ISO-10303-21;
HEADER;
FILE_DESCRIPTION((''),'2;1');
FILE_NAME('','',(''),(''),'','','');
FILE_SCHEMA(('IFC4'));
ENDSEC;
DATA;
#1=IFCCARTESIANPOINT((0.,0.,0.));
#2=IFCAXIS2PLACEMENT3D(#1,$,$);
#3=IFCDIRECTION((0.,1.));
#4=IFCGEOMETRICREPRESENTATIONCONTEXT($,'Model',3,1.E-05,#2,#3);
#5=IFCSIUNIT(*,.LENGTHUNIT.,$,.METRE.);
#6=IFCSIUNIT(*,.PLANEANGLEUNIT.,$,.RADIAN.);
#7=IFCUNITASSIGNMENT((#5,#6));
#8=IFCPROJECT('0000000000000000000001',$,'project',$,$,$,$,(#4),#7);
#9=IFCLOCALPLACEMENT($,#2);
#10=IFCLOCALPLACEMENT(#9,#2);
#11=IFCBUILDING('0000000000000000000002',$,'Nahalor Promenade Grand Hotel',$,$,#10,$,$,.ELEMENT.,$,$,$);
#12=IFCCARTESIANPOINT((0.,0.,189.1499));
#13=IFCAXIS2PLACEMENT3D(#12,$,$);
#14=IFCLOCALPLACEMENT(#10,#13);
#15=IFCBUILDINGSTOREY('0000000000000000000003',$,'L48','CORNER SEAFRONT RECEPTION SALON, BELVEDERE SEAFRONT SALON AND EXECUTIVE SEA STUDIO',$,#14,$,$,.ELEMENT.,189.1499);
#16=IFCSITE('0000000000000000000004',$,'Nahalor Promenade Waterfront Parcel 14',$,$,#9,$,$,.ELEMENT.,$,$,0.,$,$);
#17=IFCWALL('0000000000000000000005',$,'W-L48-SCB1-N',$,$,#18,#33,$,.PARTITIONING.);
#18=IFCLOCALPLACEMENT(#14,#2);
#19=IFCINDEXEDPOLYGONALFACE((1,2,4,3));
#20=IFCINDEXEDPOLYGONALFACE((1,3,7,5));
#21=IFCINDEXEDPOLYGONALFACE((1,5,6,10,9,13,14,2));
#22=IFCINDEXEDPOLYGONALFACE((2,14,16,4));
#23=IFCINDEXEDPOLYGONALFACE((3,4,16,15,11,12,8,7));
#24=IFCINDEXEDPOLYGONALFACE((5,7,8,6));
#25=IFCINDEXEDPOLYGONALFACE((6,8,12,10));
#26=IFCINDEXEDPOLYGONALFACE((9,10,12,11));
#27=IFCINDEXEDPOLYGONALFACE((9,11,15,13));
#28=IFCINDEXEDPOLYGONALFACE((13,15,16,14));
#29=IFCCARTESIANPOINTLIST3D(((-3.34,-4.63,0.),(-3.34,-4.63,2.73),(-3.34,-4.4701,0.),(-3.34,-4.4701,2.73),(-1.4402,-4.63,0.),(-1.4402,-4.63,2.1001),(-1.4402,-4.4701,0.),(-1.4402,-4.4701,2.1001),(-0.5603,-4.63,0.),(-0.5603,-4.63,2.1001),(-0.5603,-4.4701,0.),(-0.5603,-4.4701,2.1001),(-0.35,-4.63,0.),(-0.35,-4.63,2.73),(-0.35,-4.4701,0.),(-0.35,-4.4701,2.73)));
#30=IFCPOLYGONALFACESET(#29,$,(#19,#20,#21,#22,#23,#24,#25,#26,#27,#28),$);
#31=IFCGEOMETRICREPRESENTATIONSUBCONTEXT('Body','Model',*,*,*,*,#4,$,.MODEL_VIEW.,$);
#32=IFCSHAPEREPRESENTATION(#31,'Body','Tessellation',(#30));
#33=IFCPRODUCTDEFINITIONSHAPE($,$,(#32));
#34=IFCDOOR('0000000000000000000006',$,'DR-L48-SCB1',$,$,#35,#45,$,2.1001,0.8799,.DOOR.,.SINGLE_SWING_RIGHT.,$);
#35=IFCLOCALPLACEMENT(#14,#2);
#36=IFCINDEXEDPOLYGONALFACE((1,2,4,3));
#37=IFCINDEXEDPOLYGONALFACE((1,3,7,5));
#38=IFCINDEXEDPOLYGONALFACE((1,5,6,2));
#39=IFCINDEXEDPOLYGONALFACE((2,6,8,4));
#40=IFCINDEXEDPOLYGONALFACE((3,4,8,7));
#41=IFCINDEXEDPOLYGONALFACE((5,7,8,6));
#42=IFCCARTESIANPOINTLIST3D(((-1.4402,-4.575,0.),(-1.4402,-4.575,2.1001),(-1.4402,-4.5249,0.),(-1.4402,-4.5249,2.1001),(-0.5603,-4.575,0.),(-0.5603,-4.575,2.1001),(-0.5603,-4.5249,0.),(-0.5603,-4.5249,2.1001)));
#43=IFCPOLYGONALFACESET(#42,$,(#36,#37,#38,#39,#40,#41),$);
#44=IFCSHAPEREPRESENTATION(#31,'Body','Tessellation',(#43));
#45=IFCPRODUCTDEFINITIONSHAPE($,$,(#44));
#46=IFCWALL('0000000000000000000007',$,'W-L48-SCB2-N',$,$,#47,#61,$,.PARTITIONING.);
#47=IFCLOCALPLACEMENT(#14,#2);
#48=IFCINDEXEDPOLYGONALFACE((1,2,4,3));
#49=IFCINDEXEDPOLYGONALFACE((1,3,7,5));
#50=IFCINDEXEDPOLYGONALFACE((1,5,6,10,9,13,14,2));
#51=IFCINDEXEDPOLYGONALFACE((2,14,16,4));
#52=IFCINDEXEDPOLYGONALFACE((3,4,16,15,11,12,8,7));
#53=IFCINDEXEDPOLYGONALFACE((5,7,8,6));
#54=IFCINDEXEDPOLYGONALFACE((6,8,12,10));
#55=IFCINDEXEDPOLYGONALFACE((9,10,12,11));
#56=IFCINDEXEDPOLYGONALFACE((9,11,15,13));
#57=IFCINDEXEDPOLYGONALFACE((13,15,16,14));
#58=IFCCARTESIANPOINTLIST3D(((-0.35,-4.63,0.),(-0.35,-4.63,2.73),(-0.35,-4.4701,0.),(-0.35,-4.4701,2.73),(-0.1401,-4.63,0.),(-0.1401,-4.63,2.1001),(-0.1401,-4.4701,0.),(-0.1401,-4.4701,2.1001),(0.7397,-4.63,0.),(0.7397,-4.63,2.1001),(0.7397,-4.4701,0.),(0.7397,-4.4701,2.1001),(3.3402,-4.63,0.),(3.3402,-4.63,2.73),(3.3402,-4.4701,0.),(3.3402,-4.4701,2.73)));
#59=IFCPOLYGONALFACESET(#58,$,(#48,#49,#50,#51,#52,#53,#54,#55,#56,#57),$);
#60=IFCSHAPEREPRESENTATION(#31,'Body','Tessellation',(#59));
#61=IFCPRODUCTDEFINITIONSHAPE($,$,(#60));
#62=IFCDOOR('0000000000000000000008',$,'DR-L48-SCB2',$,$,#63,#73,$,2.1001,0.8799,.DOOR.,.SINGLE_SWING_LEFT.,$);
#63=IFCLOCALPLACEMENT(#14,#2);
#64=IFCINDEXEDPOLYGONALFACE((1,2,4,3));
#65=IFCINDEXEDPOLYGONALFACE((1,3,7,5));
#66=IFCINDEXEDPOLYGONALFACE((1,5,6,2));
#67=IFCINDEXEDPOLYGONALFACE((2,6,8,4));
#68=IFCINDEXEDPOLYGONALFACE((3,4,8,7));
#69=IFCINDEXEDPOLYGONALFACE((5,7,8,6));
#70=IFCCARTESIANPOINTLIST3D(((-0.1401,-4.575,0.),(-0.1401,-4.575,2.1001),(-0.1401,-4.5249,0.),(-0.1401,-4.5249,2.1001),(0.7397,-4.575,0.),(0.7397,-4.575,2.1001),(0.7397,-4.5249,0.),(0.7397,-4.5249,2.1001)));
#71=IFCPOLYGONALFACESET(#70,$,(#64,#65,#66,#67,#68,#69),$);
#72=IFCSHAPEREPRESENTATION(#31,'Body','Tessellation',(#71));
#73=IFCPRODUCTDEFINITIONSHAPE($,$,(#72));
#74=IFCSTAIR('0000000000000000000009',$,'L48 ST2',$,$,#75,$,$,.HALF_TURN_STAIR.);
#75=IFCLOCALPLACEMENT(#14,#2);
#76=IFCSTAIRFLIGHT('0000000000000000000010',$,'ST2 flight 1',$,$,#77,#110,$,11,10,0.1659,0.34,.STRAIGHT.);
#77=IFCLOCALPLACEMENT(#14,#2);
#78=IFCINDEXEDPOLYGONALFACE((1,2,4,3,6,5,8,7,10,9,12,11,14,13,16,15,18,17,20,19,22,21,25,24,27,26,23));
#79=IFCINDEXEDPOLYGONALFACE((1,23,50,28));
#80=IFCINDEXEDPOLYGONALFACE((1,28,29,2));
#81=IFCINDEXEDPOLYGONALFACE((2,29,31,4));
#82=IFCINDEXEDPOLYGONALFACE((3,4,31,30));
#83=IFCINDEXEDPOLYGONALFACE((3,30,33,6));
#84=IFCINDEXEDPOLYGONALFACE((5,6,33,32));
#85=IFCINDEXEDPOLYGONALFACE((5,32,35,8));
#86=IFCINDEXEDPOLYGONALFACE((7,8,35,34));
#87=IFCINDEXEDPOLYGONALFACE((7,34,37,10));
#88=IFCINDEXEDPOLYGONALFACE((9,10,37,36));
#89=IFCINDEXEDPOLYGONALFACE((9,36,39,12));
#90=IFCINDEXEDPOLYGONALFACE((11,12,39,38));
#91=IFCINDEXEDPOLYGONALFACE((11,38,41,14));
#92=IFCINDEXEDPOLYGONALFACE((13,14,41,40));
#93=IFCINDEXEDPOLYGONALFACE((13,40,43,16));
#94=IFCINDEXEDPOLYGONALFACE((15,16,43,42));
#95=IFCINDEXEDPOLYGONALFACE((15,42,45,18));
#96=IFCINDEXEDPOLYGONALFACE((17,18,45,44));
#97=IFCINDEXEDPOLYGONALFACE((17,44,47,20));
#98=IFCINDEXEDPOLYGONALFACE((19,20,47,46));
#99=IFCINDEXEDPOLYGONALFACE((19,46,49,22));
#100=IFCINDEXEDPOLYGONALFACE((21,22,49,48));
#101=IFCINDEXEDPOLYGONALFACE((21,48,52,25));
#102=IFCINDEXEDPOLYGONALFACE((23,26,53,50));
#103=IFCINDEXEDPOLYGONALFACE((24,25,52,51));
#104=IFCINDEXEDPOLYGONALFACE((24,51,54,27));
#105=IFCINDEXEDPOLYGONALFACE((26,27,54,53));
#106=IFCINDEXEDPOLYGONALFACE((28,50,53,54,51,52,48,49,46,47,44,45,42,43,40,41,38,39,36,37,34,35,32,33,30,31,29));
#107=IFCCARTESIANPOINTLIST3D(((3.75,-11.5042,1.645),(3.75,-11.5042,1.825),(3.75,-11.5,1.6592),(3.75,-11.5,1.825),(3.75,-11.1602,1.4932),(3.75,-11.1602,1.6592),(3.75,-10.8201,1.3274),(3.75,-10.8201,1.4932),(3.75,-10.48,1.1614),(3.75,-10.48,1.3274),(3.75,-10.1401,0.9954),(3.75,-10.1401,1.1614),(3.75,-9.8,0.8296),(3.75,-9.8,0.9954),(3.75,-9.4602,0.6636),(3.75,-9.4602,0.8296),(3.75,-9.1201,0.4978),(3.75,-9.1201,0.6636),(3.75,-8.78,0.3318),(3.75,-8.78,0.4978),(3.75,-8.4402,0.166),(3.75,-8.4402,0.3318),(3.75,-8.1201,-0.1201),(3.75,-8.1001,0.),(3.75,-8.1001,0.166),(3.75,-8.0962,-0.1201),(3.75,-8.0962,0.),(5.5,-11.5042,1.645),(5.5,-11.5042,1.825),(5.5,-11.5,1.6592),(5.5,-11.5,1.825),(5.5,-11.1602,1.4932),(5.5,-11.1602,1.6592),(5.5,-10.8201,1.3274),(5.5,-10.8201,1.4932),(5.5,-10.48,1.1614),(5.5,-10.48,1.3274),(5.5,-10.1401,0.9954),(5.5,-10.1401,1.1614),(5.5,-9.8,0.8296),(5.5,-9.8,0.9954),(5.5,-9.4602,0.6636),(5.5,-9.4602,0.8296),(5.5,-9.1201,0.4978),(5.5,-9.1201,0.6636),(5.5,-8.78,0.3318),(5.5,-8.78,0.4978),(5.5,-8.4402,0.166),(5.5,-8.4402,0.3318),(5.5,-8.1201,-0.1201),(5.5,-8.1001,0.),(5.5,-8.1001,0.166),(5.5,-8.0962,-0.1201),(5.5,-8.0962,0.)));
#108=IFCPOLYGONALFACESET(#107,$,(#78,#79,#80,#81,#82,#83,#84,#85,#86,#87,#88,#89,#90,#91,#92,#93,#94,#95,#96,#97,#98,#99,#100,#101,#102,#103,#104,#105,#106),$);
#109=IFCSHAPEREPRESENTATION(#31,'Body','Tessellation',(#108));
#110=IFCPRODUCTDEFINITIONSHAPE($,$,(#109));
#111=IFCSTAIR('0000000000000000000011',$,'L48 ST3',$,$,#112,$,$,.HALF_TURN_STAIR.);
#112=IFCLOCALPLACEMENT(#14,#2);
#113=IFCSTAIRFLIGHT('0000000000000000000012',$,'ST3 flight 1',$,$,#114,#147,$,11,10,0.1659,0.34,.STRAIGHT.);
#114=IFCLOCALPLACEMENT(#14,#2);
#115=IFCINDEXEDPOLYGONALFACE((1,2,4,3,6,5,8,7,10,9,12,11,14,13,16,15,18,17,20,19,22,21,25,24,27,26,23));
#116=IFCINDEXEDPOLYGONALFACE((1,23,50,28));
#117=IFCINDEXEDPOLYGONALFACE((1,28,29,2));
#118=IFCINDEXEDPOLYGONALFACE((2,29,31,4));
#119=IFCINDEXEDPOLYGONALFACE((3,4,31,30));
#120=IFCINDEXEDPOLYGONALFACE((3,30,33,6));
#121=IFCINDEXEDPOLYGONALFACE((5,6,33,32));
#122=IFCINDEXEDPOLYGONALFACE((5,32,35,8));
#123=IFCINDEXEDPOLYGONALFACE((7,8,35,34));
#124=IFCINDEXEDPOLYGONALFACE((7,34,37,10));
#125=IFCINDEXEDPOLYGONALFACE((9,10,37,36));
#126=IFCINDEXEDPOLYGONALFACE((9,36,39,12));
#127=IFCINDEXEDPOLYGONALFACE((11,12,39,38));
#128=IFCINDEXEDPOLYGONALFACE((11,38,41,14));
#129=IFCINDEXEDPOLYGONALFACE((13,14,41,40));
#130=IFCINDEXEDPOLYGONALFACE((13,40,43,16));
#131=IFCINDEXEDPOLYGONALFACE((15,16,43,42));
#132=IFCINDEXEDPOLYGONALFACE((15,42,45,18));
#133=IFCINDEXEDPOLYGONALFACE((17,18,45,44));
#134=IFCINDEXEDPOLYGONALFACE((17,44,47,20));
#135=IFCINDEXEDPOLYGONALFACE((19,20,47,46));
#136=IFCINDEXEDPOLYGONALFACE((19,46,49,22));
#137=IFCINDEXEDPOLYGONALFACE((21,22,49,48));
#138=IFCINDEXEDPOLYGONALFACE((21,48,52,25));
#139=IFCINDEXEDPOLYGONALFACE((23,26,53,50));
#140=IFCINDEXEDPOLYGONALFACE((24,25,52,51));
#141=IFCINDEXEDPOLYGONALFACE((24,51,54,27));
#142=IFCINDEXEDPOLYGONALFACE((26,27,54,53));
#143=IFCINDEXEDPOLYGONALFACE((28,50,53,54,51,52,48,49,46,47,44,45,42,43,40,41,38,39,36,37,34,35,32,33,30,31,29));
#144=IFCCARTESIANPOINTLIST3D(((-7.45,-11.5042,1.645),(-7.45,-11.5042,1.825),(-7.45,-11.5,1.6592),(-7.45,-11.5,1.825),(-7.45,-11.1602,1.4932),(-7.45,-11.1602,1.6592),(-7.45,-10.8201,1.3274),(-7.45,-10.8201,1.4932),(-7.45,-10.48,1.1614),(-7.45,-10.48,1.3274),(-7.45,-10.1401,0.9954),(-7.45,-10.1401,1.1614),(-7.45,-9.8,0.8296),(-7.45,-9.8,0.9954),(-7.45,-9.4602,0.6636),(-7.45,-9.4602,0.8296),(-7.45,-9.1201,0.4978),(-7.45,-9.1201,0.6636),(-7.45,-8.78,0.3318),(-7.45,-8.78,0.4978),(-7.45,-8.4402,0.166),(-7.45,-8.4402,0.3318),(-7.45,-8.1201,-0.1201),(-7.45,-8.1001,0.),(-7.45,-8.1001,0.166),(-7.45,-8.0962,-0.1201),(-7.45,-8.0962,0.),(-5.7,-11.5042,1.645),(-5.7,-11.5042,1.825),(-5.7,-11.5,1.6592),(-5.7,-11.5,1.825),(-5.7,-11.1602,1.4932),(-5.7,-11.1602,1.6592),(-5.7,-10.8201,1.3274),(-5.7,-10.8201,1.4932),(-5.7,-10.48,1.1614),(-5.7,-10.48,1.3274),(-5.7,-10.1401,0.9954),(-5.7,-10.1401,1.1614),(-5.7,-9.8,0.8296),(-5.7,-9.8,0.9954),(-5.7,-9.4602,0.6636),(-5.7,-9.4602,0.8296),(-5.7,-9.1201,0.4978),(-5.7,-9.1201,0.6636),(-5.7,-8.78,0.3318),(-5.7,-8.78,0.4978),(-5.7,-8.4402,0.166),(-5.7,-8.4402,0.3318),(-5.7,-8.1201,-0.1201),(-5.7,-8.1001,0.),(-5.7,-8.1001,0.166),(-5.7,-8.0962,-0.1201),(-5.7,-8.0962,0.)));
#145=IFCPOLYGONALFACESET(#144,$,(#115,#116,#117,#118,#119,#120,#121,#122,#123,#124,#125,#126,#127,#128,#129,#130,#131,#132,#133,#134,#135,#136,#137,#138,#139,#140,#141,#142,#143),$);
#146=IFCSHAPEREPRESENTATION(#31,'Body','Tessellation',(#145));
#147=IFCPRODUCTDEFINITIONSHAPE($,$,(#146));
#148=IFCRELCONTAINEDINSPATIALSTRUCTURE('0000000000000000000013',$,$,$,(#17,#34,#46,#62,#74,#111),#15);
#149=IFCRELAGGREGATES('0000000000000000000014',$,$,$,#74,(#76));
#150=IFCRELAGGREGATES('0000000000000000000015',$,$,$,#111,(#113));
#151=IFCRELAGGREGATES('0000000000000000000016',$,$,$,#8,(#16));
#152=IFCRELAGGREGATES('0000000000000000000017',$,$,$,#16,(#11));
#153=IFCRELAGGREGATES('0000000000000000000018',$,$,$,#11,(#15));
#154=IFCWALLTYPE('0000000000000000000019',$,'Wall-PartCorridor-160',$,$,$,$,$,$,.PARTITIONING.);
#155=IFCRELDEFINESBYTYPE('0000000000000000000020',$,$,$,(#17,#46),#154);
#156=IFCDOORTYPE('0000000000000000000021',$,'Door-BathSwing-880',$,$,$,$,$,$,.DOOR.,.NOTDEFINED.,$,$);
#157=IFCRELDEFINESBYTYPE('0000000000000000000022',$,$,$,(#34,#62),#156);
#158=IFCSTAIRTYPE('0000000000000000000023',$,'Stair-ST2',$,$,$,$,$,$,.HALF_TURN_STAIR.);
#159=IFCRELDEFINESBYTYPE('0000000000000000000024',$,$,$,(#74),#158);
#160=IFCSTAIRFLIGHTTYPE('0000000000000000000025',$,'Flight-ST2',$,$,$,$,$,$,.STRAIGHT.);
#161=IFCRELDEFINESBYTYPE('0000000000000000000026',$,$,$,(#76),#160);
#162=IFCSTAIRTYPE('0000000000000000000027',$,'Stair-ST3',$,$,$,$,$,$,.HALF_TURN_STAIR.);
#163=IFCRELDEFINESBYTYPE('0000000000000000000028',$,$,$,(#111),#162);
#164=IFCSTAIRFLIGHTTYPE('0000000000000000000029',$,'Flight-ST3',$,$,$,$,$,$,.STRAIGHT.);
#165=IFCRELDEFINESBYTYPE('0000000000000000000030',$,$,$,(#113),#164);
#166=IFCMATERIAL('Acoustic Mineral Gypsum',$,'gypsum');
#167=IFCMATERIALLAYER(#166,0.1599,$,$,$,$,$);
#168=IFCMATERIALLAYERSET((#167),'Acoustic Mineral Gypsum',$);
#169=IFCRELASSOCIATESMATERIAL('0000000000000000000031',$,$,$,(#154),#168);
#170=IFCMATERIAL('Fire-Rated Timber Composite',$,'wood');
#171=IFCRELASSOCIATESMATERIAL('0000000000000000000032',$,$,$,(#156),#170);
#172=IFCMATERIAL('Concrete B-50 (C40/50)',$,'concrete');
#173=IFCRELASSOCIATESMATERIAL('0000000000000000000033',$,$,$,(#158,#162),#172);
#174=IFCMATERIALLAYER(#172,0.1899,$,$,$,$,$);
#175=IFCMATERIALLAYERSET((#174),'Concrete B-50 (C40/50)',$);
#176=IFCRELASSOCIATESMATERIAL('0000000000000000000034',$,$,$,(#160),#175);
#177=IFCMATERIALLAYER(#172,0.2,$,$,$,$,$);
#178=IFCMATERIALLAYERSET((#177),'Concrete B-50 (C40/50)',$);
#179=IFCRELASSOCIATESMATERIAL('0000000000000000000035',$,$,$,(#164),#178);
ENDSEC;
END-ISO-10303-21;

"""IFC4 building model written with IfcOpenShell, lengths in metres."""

from ifc_helpers import new_model, si_unit, direction, frame, frame_2d, origin, place, context, subcontext, project, spatial, polyline, rectangle, outline, extrude, source, transform, mapped, material, layer, layer_set, type_object, element, fill, aggregate, save


model = new_model("IFC4")

# Units and contexts
model_context = context("Model", 3, precision=1e-05, world=origin(), true_north=direction((0.0, 1.0)))
body_context = subcontext(model_context, "Body", "Model", "MODEL_VIEW")
ifc_project = project(units=[si_unit("LENGTHUNIT", "METRE"), si_unit("PLANEANGLEUNIT", "RADIAN")], contexts=[model_context])

# Site, building, storey
site_placement = place(None, origin())
site = spatial("IfcSite", under=ifc_project, at=site_placement, Name="Nahalor Promenade Waterfront Parcel 14", CompositionType="ELEMENT", RefElevation=0.0)
building_placement = place(site_placement, origin())
building = spatial("IfcBuilding", under=site, at=building_placement, Name="Nahalor Promenade Grand Hotel", CompositionType="ELEMENT")
storey_placement = place(building_placement, frame((0.0, 0.0, 189.1499)))
storey = spatial("IfcBuildingStorey", under=building, at=storey_placement, Name="L48", Description="CORNER SEAFRONT RECEPTION SALON, BELVEDERE SEAFRONT SALON AND EXECUTIVE SEA STUDIO", CompositionType="ELEMENT", Elevation=189.1499)

# Shared definitions
ifc_material_1 = material(Name="Concrete B-50 (C40/50)", Category="concrete")

# Walls, openings, doors
ifc_material_2 = material(Name="Acoustic Mineral Gypsum", Category="gypsum")
ifc_layer_1 = layer(ifc_material_2, 0.1599)
ifc_layer_set_1 = layer_set([ifc_layer_1], Name="Acoustic Mineral Gypsum")
wall_type_1 = type_object("IfcWallType", Name="Wall-PartCorridor-160", PredefinedType="PARTITIONING", material=ifc_layer_set_1)
shared_shape_1 = source(origin(), body_context, "Body", "SweptSolid", [
    extrude(rectangle(XDim=2.99, YDim=0.1599, at=frame_2d((1.4951, 0.0))), origin(), (0.0, 0.0, 1.0), 2.73),
])
wall_1_placement = place(storey_placement, frame((-3.3401, -4.55, 0.0), z_axis=(0.0, 0.0, 1.0), x_axis=(1.0, 0.0, 0.0)))
wall_1 = element("IfcWall", 1, at=wall_1_placement, inside=storey, type_object=wall_type_1, Name="W-L48-SCB1-N", PredefinedType="PARTITIONING", context=body_context, shape_type="MappedRepresentation", body=[
    mapped(shared_shape_1, transform((0.0, 0.0, 0.0), scale=1.0)),
])
opening_1_placement = place(wall_1_placement, frame((1.8999, 0.0, 0.0)))
opening_1 = element("IfcOpeningElement", 2, at=opening_1_placement, cuts=wall_1, PredefinedType="OPENING", context=body_context, shape_type="SweptSolid", body=[
    extrude(rectangle(XDim=0.8799, YDim=2.1001, at=frame_2d((0.4399, 1.05))), frame((0.0, 0.0898, 0.0), z_axis=(0.0, -1.0, 0.0), x_axis=(1.0, 0.0, 0.0)), (0.0, 0.0, 1.0), 0.1799),
])
ifc_material_3 = material(Name="Fire-Rated Timber Composite", Category="wood")
door_type_1 = type_object("IfcDoorType", Name="Door-BathSwing-880", OperationType="NOTDEFINED", PredefinedType="DOOR", material=ifc_material_3)
shared_shape_2 = source(origin(), body_context, "Body", "SweptSolid", [
    extrude(rectangle(XDim=0.8799, YDim=2.1001, at=frame_2d((0.4399, 1.05))), frame((0.0, 0.0249, 0.0), z_axis=(0.0, -1.0, 0.0), x_axis=(1.0, 0.0, 0.0)), (0.0, 0.0, 1.0), 0.05),
])
door_1_placement = place(opening_1_placement, frame((0.8799, 0.0, 0.0), z_axis=(0.0, 0.0, 1.0), x_axis=(-1.0, 0.0, 0.0)))
door_1 = element("IfcDoor", 3, at=door_1_placement, inside=storey, type_object=door_type_1, Name="DR-L48-SCB1", OperationType="SINGLE_SWING_RIGHT", OverallHeight=2.1001, OverallWidth=0.8799, PredefinedType="DOOR", context=body_context, shape_type="MappedRepresentation", body=[
    mapped(shared_shape_2, transform((0.0, 0.0, 0.0), scale=1.0)),
])
fill(opening_1, door_1)
shared_shape_3 = source(origin(), body_context, "Body", "SweptSolid", [
    extrude(rectangle(XDim=3.6902, YDim=0.1599, at=frame_2d((1.8452, 0.0))), origin(), (0.0, 0.0, 1.0), 2.73),
])
wall_2_placement = place(storey_placement, frame((-0.3501, -4.55, 0.0), z_axis=(0.0, 0.0, 1.0), x_axis=(1.0, 0.0, 0.0)))
wall_2 = element("IfcWall", 4, at=wall_2_placement, inside=storey, type_object=wall_type_1, Name="W-L48-SCB2-N", PredefinedType="PARTITIONING", context=body_context, shape_type="MappedRepresentation", body=[
    mapped(shared_shape_3, transform((0.0, 0.0, 0.0), scale=1.0)),
])
opening_2_placement = place(wall_2_placement, frame((0.21, 0.0, 0.0)))
opening_2 = element("IfcOpeningElement", 5, at=opening_2_placement, cuts=wall_2, PredefinedType="OPENING", context=body_context, shape_type="SweptSolid", body=[
    extrude(rectangle(XDim=0.8799, YDim=2.1001, at=frame_2d((0.4399, 1.05))), frame((0.0, 0.0898, 0.0), z_axis=(0.0, -1.0, 0.0), x_axis=(1.0, 0.0, 0.0)), (0.0, 0.0, 1.0), 0.1799),
])
door_2_placement = place(opening_2_placement, frame((0.8799, 0.0, 0.0), z_axis=(0.0, 0.0, 1.0), x_axis=(-1.0, 0.0, 0.0)))
door_2 = element("IfcDoor", 6, at=door_2_placement, inside=storey, type_object=door_type_1, Name="DR-L48-SCB2", OperationType="SINGLE_SWING_LEFT", OverallHeight=2.1001, OverallWidth=0.8799, PredefinedType="DOOR", context=body_context, shape_type="MappedRepresentation", body=[
    mapped(shared_shape_2, transform((0.0, 0.0, 0.0), scale=1.0)),
])
fill(opening_2, door_2)

# Stair, stair flight
stair_type_1 = type_object("IfcStairType", Name="Stair-ST2", PredefinedType="HALF_TURN_STAIR", material=ifc_material_1)
stair_1_placement = place(storey_placement, origin())
stair_1 = element("IfcStair", 7, at=stair_1_placement, inside=storey, type_object=stair_type_1, Name="L48 ST2", PredefinedType="HALF_TURN_STAIR")
ifc_layer_2 = layer(ifc_material_1, 0.1899)
ifc_layer_set_2 = layer_set([ifc_layer_2], Name="Concrete B-50 (C40/50)")
stair_flight_type_1 = type_object("IfcStairFlightType", Name="Flight-ST2", PredefinedType="STRAIGHT", material=ifc_layer_set_2)
shared_shape_4 = source(origin(), body_context, "Body", "SweptSolid", [
    extrude(outline(polyline([(-0.0039, -0.1201), (-0.0039, 0.0), (0.0, 0.0), (0.0, 0.166), (0.3401, 0.166), (0.3401, 0.3318), (0.6799, 0.3318), (0.6799, 0.4978), (1.02, 0.4978), (1.02, 0.6636), (1.3601, 0.6636), (1.3601, 0.8296), (1.7, 0.8296), (1.7, 0.9954), (2.04, 0.9954), (2.04, 1.1614), (2.3799, 1.1614), (2.3799, 1.3274), (2.72, 1.3274), (2.72, 1.4932), (3.0601, 1.4932), (3.0601, 1.6592), (3.3999, 1.6592), (3.3999, 1.825), (3.4041, 1.825), (3.4041, 1.645), (0.02, -0.1201), (-0.0039, -0.1201)])), frame((0.0, 0.875, 0.0), z_axis=(0.0, -1.0, 0.0), x_axis=(1.0, 0.0, 0.0)), (0.0, 0.0, 1.0), 1.75),
])
stair_flight_1_placement = place(storey_placement, frame((4.625, -8.1001, 0.0), z_axis=(0.0, 0.0, 1.0), x_axis=(0.0, -1.0, 0.0)))
stair_flight_1 = element("IfcStairFlight", 8, at=stair_flight_1_placement, type_object=stair_flight_type_1, Name="ST2 flight 1", NumberOfRisers=11, NumberOfTreads=10, PredefinedType="STRAIGHT", RiserHeight=0.1659, TreadLength=0.34, context=body_context, shape_type="MappedRepresentation", body=[
    mapped(shared_shape_4, transform((0.0, 0.0, 0.0), scale=1.0)),
])
aggregate(stair_1, [stair_flight_1])

# Stair, stair flight
stair_type_2 = type_object("IfcStairType", Name="Stair-ST3", PredefinedType="HALF_TURN_STAIR", material=ifc_material_1)
stair_2_placement = place(storey_placement, origin())
stair_2 = element("IfcStair", 9, at=stair_2_placement, inside=storey, type_object=stair_type_2, Name="L48 ST3", PredefinedType="HALF_TURN_STAIR")
ifc_layer_3 = layer(ifc_material_1, 0.2)
ifc_layer_set_3 = layer_set([ifc_layer_3], Name="Concrete B-50 (C40/50)")
stair_flight_type_2 = type_object("IfcStairFlightType", Name="Flight-ST3", PredefinedType="STRAIGHT", material=ifc_layer_set_3)
shared_shape_5 = source(origin(), body_context, "Body", "SweptSolid", [
    extrude(outline(polyline([(-0.0039, -0.1201), (-0.0039, 0.0), (0.0, 0.0), (0.0, 0.166), (0.3401, 0.166), (0.3401, 0.3318), (0.6799, 0.3318), (0.6799, 0.4978), (1.02, 0.4978), (1.02, 0.6636), (1.3601, 0.6636), (1.3601, 0.8296), (1.7, 0.8296), (1.7, 0.9954), (2.04, 0.9954), (2.04, 1.1614), (2.3799, 1.1614), (2.3799, 1.3274), (2.72, 1.3274), (2.72, 1.4932), (3.0601, 1.4932), (3.0601, 1.6592), (3.3999, 1.6592), (3.3999, 1.825), (3.4041, 1.825), (3.4041, 1.645), (0.02, -0.1201), (-0.0039, -0.1201)])), frame((0.0, 0.875, 0.0), z_axis=(0.0, -1.0, 0.0), x_axis=(1.0, 0.0, 0.0)), (0.0, 0.0, 1.0), 1.75),
])
stair_flight_2_placement = place(storey_placement, frame((-6.575, -8.1001, 0.0), z_axis=(0.0, 0.0, 1.0), x_axis=(0.0, -1.0, 0.0)))
stair_flight_2 = element("IfcStairFlight", 10, at=stair_flight_2_placement, type_object=stair_flight_type_2, Name="ST3 flight 1", NumberOfRisers=11, NumberOfTreads=10, PredefinedType="STRAIGHT", RiserHeight=0.1659, TreadLength=0.34, context=body_context, shape_type="MappedRepresentation", body=[
    mapped(shared_shape_5, transform((0.0, 0.0, 0.0), scale=1.0)),
])
aggregate(stair_2, [stair_flight_2])

save(model, "model.ifc")
